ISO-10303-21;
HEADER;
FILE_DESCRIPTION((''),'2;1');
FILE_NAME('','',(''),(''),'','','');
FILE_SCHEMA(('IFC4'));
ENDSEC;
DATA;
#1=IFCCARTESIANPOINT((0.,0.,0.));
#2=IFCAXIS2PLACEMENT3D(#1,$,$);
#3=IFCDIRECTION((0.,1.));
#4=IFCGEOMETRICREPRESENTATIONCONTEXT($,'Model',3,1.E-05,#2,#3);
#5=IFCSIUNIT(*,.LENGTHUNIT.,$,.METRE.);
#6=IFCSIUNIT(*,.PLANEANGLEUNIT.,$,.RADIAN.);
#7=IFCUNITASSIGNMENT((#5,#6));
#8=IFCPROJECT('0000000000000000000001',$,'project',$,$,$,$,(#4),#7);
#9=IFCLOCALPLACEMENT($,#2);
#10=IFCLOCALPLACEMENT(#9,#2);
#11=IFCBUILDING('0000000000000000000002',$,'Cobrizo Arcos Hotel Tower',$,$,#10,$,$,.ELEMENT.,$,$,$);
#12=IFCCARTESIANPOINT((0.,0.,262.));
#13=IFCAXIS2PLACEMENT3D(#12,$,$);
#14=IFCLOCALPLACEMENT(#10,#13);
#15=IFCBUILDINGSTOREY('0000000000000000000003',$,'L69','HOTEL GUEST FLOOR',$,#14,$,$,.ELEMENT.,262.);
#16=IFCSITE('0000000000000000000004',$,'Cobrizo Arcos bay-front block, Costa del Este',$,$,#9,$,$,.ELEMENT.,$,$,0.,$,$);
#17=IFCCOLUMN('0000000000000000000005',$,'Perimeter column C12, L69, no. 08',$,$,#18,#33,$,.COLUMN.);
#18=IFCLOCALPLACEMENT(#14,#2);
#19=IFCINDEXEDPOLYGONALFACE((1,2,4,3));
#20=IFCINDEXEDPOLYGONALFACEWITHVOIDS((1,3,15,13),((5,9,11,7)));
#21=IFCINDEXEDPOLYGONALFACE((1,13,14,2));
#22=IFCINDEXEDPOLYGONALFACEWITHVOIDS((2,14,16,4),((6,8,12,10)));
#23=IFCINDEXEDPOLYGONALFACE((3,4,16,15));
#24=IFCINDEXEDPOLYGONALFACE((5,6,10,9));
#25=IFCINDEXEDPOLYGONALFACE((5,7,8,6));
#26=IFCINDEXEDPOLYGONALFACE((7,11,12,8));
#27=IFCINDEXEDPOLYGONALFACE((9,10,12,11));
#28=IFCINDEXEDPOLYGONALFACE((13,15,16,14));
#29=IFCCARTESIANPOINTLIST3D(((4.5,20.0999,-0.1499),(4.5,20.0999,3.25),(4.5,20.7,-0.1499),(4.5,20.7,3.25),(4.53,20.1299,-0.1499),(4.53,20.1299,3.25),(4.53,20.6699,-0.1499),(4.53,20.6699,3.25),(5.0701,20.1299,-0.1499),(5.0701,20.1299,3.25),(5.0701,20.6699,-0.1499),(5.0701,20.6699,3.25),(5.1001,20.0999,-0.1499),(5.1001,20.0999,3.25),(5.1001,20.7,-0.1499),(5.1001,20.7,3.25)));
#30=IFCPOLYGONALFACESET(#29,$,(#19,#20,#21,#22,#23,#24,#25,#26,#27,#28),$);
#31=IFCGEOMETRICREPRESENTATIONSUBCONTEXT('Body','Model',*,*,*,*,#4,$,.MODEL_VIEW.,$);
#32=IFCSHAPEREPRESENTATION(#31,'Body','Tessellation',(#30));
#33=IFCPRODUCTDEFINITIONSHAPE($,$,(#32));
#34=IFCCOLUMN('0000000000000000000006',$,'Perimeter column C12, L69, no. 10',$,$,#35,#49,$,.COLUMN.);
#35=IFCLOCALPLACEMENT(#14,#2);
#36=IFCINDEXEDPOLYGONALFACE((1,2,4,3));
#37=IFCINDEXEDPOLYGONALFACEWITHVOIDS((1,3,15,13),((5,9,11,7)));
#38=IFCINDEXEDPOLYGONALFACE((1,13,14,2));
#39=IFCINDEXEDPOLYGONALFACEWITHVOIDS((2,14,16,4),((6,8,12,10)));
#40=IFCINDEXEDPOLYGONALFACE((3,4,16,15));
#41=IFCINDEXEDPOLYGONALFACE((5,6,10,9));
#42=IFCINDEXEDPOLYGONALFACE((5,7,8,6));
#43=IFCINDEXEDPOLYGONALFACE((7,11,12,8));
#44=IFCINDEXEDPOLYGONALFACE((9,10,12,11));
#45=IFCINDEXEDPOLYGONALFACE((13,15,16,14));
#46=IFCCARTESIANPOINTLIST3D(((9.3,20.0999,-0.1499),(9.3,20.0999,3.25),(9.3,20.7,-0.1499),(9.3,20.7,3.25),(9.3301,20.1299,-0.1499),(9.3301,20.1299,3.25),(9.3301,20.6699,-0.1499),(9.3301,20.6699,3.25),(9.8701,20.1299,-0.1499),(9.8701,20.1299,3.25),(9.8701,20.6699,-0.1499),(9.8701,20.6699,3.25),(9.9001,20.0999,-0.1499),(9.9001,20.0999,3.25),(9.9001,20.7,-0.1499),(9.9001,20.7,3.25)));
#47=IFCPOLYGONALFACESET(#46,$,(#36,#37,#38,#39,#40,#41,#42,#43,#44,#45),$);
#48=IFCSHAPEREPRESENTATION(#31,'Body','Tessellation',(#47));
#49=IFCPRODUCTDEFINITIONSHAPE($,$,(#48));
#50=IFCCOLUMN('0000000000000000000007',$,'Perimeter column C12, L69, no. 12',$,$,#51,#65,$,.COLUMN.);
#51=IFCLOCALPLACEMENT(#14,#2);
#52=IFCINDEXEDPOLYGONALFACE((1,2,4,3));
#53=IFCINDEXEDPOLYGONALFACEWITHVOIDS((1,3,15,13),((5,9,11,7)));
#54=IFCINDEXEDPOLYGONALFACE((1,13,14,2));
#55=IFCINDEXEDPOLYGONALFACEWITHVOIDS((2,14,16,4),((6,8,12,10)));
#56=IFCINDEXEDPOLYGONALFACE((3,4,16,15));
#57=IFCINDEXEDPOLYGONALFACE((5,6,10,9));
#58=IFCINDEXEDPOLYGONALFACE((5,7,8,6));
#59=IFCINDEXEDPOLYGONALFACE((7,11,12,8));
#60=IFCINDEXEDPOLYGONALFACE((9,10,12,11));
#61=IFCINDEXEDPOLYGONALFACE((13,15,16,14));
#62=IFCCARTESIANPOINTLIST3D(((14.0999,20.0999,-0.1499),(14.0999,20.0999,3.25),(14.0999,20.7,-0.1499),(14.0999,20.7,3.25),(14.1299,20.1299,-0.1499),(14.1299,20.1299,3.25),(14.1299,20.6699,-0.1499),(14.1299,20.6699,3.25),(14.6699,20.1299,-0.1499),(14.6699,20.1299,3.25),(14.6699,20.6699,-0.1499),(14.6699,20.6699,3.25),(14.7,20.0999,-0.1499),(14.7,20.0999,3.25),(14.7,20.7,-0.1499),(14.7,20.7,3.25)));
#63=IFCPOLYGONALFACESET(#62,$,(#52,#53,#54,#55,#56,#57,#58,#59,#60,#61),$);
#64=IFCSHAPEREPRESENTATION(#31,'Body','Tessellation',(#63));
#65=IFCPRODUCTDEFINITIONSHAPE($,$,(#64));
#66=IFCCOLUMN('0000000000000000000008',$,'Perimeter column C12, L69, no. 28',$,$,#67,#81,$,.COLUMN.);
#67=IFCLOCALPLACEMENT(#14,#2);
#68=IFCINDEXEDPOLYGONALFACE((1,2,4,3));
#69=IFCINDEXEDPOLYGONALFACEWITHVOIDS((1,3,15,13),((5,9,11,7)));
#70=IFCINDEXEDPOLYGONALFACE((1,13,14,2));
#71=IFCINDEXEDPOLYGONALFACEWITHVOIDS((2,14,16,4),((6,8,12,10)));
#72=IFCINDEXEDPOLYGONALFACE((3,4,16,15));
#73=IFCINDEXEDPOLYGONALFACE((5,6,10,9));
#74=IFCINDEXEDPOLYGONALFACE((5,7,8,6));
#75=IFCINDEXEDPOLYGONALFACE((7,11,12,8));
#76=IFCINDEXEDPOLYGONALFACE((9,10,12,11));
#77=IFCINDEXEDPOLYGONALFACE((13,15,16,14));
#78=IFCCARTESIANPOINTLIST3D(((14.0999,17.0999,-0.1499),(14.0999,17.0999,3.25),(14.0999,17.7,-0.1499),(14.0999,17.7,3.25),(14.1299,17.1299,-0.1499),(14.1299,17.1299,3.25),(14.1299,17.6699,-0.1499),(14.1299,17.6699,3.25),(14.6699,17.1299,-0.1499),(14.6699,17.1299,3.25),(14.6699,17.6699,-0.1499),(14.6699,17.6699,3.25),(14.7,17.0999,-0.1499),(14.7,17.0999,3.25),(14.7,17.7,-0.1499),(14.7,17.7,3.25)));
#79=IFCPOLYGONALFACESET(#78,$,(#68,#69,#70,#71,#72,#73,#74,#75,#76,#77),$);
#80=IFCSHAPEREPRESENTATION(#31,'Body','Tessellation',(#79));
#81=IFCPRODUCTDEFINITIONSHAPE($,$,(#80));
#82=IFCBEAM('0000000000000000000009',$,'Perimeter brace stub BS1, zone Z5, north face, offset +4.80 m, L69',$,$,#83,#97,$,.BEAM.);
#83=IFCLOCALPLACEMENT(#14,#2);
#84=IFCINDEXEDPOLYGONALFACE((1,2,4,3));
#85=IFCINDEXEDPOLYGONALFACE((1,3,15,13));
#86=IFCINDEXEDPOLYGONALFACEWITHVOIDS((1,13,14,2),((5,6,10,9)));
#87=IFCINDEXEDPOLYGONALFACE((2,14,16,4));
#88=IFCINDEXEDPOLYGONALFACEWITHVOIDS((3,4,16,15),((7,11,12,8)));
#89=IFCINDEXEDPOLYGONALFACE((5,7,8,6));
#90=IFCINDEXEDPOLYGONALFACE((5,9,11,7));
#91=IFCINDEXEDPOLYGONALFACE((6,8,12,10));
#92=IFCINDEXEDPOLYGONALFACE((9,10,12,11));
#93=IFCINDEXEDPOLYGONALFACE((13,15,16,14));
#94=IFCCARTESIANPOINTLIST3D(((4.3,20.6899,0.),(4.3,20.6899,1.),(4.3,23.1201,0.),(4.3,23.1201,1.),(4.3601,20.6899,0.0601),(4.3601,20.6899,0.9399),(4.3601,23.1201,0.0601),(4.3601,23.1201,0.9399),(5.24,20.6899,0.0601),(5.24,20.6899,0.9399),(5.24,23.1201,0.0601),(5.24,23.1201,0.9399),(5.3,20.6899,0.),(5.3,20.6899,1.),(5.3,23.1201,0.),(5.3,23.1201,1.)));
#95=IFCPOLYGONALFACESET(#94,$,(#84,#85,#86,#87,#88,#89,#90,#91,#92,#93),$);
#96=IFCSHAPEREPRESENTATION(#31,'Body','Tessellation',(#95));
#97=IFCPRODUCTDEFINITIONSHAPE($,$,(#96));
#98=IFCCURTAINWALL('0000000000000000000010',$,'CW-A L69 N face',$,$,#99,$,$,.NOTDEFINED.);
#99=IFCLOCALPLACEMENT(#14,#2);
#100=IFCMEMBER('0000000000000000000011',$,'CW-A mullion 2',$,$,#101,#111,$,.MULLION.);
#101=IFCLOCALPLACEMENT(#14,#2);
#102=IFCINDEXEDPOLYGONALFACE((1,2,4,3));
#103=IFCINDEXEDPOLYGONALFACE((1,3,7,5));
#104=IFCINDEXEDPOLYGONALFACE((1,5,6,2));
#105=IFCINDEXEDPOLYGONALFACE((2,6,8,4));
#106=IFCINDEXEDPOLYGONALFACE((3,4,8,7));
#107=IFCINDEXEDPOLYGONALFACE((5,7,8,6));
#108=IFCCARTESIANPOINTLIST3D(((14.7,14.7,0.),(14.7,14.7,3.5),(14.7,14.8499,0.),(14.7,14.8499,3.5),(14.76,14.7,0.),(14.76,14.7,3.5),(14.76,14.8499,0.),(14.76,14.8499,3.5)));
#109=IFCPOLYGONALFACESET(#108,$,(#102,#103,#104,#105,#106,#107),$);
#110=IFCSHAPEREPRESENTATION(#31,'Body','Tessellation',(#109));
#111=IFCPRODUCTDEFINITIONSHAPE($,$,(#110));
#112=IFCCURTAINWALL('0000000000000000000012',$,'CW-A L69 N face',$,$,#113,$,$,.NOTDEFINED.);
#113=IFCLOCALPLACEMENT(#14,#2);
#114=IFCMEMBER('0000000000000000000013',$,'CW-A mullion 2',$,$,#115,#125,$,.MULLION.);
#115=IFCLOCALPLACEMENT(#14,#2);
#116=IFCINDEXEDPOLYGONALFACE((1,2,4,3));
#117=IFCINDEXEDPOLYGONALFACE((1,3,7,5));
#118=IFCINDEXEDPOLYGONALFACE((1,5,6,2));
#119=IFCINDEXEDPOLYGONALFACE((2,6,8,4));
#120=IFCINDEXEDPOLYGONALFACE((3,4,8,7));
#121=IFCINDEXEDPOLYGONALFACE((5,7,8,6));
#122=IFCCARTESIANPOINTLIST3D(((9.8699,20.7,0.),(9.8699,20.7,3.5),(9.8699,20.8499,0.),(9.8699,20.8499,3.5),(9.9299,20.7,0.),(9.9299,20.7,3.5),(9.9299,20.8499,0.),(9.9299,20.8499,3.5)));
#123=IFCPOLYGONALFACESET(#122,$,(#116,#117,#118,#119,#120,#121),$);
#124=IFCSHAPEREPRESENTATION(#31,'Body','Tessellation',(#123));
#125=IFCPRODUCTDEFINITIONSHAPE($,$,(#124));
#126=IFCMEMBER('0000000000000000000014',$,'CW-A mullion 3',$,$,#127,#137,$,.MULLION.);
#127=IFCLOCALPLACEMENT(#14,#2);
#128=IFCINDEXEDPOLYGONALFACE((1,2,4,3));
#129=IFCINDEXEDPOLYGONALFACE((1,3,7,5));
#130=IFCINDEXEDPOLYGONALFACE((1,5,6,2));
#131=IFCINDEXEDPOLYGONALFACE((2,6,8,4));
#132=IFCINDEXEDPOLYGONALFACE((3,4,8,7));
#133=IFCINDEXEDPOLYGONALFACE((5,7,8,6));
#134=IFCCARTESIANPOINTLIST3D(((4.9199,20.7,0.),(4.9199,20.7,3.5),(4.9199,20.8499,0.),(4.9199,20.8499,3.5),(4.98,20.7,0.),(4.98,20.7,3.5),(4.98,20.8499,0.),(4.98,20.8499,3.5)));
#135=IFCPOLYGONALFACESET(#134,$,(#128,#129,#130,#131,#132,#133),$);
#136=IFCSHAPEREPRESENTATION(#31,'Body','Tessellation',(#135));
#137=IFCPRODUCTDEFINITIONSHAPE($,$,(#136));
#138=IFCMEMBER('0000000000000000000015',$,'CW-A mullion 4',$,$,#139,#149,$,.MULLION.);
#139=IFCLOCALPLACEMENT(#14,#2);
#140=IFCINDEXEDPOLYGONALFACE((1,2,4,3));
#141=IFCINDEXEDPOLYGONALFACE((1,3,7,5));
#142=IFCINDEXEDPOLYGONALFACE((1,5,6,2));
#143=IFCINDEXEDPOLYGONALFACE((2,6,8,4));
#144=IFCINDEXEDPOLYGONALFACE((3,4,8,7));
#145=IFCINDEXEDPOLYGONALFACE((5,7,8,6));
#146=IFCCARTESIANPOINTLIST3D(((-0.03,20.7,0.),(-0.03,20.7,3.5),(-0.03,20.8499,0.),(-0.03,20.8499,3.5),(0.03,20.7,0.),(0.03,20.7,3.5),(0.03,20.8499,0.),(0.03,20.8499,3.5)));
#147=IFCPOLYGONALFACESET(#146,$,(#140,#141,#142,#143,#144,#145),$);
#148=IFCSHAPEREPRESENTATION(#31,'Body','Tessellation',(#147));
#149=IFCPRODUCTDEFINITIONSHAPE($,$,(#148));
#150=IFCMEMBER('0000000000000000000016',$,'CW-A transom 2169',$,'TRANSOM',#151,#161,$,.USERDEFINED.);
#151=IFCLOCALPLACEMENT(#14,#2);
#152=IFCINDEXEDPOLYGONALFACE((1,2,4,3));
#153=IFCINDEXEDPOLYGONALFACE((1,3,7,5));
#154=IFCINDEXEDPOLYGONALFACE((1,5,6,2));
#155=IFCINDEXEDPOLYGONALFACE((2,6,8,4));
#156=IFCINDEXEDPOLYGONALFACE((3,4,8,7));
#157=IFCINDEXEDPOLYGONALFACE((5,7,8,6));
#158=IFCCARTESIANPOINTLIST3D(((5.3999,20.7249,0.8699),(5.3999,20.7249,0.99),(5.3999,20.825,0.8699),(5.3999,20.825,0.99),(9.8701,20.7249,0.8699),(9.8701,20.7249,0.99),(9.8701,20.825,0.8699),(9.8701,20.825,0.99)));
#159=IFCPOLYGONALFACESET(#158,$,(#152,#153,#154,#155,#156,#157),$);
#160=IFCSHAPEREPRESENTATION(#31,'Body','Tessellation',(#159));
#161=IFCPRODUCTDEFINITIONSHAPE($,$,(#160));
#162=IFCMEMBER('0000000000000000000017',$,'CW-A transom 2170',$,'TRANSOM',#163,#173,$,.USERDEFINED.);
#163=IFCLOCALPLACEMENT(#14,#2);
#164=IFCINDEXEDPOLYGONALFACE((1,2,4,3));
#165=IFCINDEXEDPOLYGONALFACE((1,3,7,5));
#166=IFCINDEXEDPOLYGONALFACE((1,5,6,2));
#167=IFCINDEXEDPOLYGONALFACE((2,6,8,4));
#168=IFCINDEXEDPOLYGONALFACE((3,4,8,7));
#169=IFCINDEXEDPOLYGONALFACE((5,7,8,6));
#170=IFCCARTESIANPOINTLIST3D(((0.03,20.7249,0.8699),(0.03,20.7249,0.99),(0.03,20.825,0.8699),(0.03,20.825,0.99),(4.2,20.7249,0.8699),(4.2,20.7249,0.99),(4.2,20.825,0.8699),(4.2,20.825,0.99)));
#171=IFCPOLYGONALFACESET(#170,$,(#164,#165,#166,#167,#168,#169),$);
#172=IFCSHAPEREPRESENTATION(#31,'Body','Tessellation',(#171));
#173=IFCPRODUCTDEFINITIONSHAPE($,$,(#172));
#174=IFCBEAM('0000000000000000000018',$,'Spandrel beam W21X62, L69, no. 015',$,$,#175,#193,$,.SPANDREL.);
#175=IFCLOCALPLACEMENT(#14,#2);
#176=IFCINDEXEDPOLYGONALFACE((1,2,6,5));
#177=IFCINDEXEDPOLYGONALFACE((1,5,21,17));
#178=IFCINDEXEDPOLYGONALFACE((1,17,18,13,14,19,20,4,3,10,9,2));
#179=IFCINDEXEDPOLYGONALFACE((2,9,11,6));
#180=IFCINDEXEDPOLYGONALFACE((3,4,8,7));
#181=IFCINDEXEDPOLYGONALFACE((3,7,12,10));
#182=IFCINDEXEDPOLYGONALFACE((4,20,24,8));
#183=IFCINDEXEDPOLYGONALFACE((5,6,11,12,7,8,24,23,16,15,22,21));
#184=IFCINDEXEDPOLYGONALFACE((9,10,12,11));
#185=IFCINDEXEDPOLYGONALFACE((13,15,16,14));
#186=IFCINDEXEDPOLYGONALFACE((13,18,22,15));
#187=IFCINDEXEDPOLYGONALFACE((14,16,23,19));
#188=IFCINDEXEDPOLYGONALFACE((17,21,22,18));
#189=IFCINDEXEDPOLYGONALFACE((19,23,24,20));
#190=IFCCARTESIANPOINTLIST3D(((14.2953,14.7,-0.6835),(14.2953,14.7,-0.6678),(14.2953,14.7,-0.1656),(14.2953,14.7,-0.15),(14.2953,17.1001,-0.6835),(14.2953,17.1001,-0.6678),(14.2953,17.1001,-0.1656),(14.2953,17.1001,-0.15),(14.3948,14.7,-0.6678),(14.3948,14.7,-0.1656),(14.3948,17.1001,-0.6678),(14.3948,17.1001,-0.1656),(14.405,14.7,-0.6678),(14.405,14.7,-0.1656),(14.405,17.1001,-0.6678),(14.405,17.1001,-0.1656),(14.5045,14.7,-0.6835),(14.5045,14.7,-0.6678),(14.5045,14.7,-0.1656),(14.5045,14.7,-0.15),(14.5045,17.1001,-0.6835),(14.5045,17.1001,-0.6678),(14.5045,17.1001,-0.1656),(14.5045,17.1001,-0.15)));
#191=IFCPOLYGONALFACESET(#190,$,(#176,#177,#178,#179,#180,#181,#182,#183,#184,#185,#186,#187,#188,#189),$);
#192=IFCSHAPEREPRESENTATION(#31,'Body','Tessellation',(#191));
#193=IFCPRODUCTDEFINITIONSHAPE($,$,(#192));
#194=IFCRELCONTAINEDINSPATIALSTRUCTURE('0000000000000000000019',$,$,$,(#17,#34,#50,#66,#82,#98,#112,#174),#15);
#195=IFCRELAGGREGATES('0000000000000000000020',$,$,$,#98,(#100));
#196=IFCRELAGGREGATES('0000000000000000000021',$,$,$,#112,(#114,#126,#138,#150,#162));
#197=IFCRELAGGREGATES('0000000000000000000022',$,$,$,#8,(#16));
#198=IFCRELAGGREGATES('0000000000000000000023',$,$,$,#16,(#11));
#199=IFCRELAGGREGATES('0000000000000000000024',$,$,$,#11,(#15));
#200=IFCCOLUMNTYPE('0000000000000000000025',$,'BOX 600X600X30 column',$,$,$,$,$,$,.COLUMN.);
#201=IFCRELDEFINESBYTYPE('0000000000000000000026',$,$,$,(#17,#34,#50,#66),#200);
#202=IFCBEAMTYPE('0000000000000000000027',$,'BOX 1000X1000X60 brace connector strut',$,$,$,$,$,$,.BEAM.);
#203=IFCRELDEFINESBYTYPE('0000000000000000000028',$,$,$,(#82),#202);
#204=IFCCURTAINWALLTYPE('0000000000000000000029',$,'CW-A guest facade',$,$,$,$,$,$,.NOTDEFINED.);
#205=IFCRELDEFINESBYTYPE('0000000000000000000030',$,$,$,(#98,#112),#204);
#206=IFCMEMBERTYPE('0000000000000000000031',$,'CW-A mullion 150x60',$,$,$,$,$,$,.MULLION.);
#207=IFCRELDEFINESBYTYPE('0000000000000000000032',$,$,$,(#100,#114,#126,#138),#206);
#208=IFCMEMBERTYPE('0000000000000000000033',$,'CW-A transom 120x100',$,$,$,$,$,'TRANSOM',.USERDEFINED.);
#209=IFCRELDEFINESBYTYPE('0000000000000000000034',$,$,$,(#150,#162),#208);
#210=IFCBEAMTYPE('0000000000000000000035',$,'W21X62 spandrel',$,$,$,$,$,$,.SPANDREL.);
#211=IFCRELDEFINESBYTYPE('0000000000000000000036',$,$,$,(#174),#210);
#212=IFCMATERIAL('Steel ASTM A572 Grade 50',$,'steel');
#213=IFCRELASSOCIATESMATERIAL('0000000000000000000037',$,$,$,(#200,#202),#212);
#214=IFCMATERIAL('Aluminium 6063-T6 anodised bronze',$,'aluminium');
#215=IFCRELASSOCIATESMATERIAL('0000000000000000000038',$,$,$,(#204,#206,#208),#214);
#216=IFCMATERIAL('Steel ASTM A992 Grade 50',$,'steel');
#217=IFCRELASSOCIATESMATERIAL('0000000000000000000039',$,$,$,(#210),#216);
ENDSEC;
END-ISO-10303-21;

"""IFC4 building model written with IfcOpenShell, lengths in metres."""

from ifc_helpers import new_model, si_unit, direction, frame, origin, origin_2d, place, context, subcontext, project, spatial, rectangle, hollow_rectangle, i_section, extrude, material, material_profile, profile_set, type_object, element, aggregate, save


model = new_model("IFC4")

# Units and contexts
model_context = context("Model", 3, precision=1e-05, world=origin(), true_north=direction((0.0, 1.0)))
body_context = subcontext(model_context, "Body", "Model", "MODEL_VIEW")
ifc_project = project(units=[si_unit("LENGTHUNIT", "METRE"), si_unit("PLANEANGLEUNIT", "RADIAN")], contexts=[model_context])

# Site, building, storey
site_placement = place(None, origin())
site = spatial("IfcSite", under=ifc_project, at=site_placement, Name="Cobrizo Arcos bay-front block, Costa del Este", CompositionType="ELEMENT", RefElevation=0.0)
building_placement = place(site_placement, origin())
building = spatial("IfcBuilding", under=site, at=building_placement, Name="Cobrizo Arcos Hotel Tower", CompositionType="ELEMENT")
storey_placement = place(building_placement, frame((0.0, 0.0, 262.0)))
storey = spatial("IfcBuildingStorey", under=building, at=storey_placement, Name="L69", Description="HOTEL GUEST FLOOR", CompositionType="ELEMENT", Elevation=262.0)

# Columns
ifc_material_1 = material(Name="Steel ASTM A572 Grade 50", Category="steel")
ifc_material_profile_1 = material_profile(ifc_material_1, hollow_rectangle(XDim=0.6001, YDim=0.6001, WallThickness=0.03, at=origin_2d()), Name="BOX 600X600X30")
ifc_profile_set_1 = profile_set([ifc_material_profile_1], Name="Steel ASTM A572 Grade 50")
column_type = type_object("IfcColumnType", Name="BOX 600X600X30 column", PredefinedType="COLUMN", material=ifc_profile_set_1)
for number, where, z_axis, x_axis, name in (
    (1, (4.8, 20.3999, -0.1499), (0.0, 0.0, 1.0), (1.0, 0.0, 0.0), "Perimeter column C12, L69, no. 08"),
    (2, (9.6001, 20.3999, -0.1499), (0.0, 0.0, 1.0), (1.0, 0.0, 0.0), "Perimeter column C12, L69, no. 10"),
    (3, (14.3999, 20.3999, -0.1499), (0.0, 0.0, 1.0), (1.0, 0.0, 0.0), "Perimeter column C12, L69, no. 12"),
    (4, (14.3999, 17.3999, -0.1499), (0.0, 0.0, 1.0), (1.0, 0.0, 0.0), "Perimeter column C12, L69, no. 28"),
):
    element("IfcColumn", number, at=place(storey_placement, frame(where, z_axis=z_axis, x_axis=x_axis)), inside=storey, type_object=column_type, Name=name, PredefinedType="COLUMN", context=body_context, shape_type="SweptSolid", body=[
        extrude(hollow_rectangle(XDim=0.6001, YDim=0.6001, WallThickness=0.03, at=origin_2d()), origin(), (0.0, 0.0, 1.0), 3.3999),
    ])

# Beam
ifc_material_profile_2 = material_profile(ifc_material_1, hollow_rectangle(XDim=1.0, YDim=1.0, WallThickness=0.0601, at=origin_2d()), Name="BOX 1000X1000X60")
ifc_profile_set_2 = profile_set([ifc_material_profile_2], Name="Steel ASTM A572 Grade 50")
beam_type_1 = type_object("IfcBeamType", Name="BOX 1000X1000X60 brace connector strut", PredefinedType="BEAM", material=ifc_profile_set_2)
beam_1_placement = place(storey_placement, frame((4.8, 20.6899, 0.5), z_axis=(0.0, 1.0, 0.0), x_axis=(-1.0, 0.0, 0.0)))
element("IfcBeam", 5, at=beam_1_placement, inside=storey, type_object=beam_type_1, Name="Perimeter brace stub BS1, zone Z5, north face, offset +4.80 m, L69", PredefinedType="BEAM", context=body_context, shape_type="SweptSolid", body=[
    extrude(hollow_rectangle(XDim=1.0, YDim=1.0, WallThickness=0.0601, at=origin_2d()), origin(), (0.0, 0.0, 1.0), 2.4302),
])

# Curtain wall, member
ifc_material_2 = material(Name="Aluminium 6063-T6 anodised bronze", Category="aluminium")
curtain_wall_type = type_object("IfcCurtainWallType", Name="CW-A guest facade", PredefinedType="NOTDEFINED", material=ifc_material_2)
curtain_wall_1_placement = place(storey_placement, origin())
curtain_wall_1 = element("IfcCurtainWall", 6, at=curtain_wall_1_placement, inside=storey, type_object=curtain_wall_type, Name="CW-A L69 N face", PredefinedType="NOTDEFINED")
ifc_material_profile_3 = material_profile(ifc_material_2, rectangle(XDim=0.1499, YDim=0.0601, at=origin_2d()), Name="CW-A mullion 150x60")
ifc_profile_set_3 = profile_set([ifc_material_profile_3], Name="Aluminium 6063-T6 anodised bronze")
member_type_1 = type_object("IfcMemberType", Name="CW-A mullion 150x60", PredefinedType="MULLION", material=ifc_profile_set_3)
member_1_placement = place(storey_placement, frame((14.73, 14.7749, 0.0), z_axis=(0.0, 0.0, 1.0), x_axis=(0.0, 1.0, 0.0)))
member_1 = element("IfcMember", 7, at=member_1_placement, type_object=member_type_1, Name="CW-A mullion 2", PredefinedType="MULLION", context=body_context, shape_type="SweptSolid", body=[
    extrude(rectangle(XDim=0.1499, YDim=0.0601, at=origin_2d()), origin(), (0.0, 0.0, 1.0), 3.5),
])
aggregate(curtain_wall_1, [member_1])

# Curtain wall, members
curtain_wall_2_placement = place(storey_placement, origin())
curtain_wall_2 = element("IfcCurtainWall", 8, at=curtain_wall_2_placement, inside=storey, type_object=curtain_wall_type, Name="CW-A L69 N face", PredefinedType="NOTDEFINED")
member_2_placement = place(storey_placement, frame((9.8999, 20.7749, 0.0), z_axis=(0.0, 0.0, 1.0), x_axis=(0.0, 1.0, 0.0)))
member_2 = element("IfcMember", 9, at=member_2_placement, type_object=member_type_1, Name="CW-A mullion 2", PredefinedType="MULLION", context=body_context, shape_type="SweptSolid", body=[
    extrude(rectangle(XDim=0.1499, YDim=0.0601, at=origin_2d()), origin(), (0.0, 0.0, 1.0), 3.5),
])
member_3_placement = place(storey_placement, frame((4.95, 20.7749, 0.0), z_axis=(0.0, 0.0, 1.0), x_axis=(0.0, 1.0, 0.0)))
member_3 = element("IfcMember", 10, at=member_3_placement, type_object=member_type_1, Name="CW-A mullion 3", PredefinedType="MULLION", context=body_context, shape_type="SweptSolid", body=[
    extrude(rectangle(XDim=0.1499, YDim=0.0601, at=origin_2d()), origin(), (0.0, 0.0, 1.0), 3.5),
])
member_4_placement = place(storey_placement, frame((0.0, 20.7749, 0.0), z_axis=(0.0, 0.0, 1.0), x_axis=(0.0, 1.0, 0.0)))
member_4 = element("IfcMember", 11, at=member_4_placement, type_object=member_type_1, Name="CW-A mullion 4", PredefinedType="MULLION", context=body_context, shape_type="SweptSolid", body=[
    extrude(rectangle(XDim=0.1499, YDim=0.0601, at=origin_2d()), origin(), (0.0, 0.0, 1.0), 3.5),
])
ifc_material_profile_4 = material_profile(ifc_material_2, rectangle(XDim=0.1001, YDim=0.1201, at=origin_2d()), Name="CW-A transom 120x100")
ifc_profile_set_4 = profile_set([ifc_material_profile_4], Name="Aluminium 6063-T6 anodised bronze")
member_type_2 = type_object("IfcMemberType", Name="CW-A transom 120x100", ElementType="TRANSOM", PredefinedType="USERDEFINED", material=ifc_profile_set_4)
member_5_placement = place(storey_placement, frame((9.8701, 20.7749, 0.9299), z_axis=(-1.0, 0.0, 0.0), x_axis=(0.0, -1.0, 0.0)))
member_5 = element("IfcMember", 12, at=member_5_placement, type_object=member_type_2, Name="CW-A transom 2169", ObjectType="TRANSOM", PredefinedType="USERDEFINED", context=body_context, shape_type="SweptSolid", body=[
    extrude(rectangle(XDim=0.1001, YDim=0.1201, at=origin_2d()), origin(), (0.0, 0.0, 1.0), 4.4702),
])
member_6_placement = place(storey_placement, frame((4.2, 20.7749, 0.9299), z_axis=(-1.0, 0.0, 0.0), x_axis=(0.0, -1.0, 0.0)))
member_6 = element("IfcMember", 13, at=member_6_placement, type_object=member_type_2, Name="CW-A transom 2170", ObjectType="TRANSOM", PredefinedType="USERDEFINED", context=body_context, shape_type="SweptSolid", body=[
    extrude(rectangle(XDim=0.1001, YDim=0.1201, at=origin_2d()), origin(), (0.0, 0.0, 1.0), 4.1699),
])

# Beam
ifc_material_3 = material(Name="Steel ASTM A992 Grade 50", Category="steel")
ifc_material_profile_5 = material_profile(ifc_material_3, i_section(OverallWidth=0.2092, OverallDepth=0.5334, WebThickness=0.0103, FlangeThickness=0.0156, at=origin_2d()), Name="W21X62")
ifc_profile_set_5 = profile_set([ifc_material_profile_5], Name="Steel ASTM A992 Grade 50")
beam_type_2 = type_object("IfcBeamType", Name="W21X62 spandrel", PredefinedType="SPANDREL", material=ifc_profile_set_5)
for number, where, z_axis, x_axis, name in (
    (14, (14.3999, 14.7, -0.4167), (0.0, 1.0, 0.0), (-1.0, 0.0, 0.0), "Spandrel beam W21X62, L69, no. 015"),
):
    element("IfcBeam", number, at=place(storey_placement, frame(where, z_axis=z_axis, x_axis=x_axis)), inside=storey, type_object=beam_type_2, Name=name, PredefinedType="SPANDREL", context=body_context, shape_type="SweptSolid", body=[
        extrude(i_section(OverallWidth=0.2092, OverallDepth=0.5334, WebThickness=0.0103, FlangeThickness=0.0156, at=origin_2d()), origin(), (0.0, 0.0, 1.0), 2.4001),
    ])

aggregate(curtain_wall_2, [member_2, member_3, member_4, member_5, member_6])

save(model, "model.ifc")
